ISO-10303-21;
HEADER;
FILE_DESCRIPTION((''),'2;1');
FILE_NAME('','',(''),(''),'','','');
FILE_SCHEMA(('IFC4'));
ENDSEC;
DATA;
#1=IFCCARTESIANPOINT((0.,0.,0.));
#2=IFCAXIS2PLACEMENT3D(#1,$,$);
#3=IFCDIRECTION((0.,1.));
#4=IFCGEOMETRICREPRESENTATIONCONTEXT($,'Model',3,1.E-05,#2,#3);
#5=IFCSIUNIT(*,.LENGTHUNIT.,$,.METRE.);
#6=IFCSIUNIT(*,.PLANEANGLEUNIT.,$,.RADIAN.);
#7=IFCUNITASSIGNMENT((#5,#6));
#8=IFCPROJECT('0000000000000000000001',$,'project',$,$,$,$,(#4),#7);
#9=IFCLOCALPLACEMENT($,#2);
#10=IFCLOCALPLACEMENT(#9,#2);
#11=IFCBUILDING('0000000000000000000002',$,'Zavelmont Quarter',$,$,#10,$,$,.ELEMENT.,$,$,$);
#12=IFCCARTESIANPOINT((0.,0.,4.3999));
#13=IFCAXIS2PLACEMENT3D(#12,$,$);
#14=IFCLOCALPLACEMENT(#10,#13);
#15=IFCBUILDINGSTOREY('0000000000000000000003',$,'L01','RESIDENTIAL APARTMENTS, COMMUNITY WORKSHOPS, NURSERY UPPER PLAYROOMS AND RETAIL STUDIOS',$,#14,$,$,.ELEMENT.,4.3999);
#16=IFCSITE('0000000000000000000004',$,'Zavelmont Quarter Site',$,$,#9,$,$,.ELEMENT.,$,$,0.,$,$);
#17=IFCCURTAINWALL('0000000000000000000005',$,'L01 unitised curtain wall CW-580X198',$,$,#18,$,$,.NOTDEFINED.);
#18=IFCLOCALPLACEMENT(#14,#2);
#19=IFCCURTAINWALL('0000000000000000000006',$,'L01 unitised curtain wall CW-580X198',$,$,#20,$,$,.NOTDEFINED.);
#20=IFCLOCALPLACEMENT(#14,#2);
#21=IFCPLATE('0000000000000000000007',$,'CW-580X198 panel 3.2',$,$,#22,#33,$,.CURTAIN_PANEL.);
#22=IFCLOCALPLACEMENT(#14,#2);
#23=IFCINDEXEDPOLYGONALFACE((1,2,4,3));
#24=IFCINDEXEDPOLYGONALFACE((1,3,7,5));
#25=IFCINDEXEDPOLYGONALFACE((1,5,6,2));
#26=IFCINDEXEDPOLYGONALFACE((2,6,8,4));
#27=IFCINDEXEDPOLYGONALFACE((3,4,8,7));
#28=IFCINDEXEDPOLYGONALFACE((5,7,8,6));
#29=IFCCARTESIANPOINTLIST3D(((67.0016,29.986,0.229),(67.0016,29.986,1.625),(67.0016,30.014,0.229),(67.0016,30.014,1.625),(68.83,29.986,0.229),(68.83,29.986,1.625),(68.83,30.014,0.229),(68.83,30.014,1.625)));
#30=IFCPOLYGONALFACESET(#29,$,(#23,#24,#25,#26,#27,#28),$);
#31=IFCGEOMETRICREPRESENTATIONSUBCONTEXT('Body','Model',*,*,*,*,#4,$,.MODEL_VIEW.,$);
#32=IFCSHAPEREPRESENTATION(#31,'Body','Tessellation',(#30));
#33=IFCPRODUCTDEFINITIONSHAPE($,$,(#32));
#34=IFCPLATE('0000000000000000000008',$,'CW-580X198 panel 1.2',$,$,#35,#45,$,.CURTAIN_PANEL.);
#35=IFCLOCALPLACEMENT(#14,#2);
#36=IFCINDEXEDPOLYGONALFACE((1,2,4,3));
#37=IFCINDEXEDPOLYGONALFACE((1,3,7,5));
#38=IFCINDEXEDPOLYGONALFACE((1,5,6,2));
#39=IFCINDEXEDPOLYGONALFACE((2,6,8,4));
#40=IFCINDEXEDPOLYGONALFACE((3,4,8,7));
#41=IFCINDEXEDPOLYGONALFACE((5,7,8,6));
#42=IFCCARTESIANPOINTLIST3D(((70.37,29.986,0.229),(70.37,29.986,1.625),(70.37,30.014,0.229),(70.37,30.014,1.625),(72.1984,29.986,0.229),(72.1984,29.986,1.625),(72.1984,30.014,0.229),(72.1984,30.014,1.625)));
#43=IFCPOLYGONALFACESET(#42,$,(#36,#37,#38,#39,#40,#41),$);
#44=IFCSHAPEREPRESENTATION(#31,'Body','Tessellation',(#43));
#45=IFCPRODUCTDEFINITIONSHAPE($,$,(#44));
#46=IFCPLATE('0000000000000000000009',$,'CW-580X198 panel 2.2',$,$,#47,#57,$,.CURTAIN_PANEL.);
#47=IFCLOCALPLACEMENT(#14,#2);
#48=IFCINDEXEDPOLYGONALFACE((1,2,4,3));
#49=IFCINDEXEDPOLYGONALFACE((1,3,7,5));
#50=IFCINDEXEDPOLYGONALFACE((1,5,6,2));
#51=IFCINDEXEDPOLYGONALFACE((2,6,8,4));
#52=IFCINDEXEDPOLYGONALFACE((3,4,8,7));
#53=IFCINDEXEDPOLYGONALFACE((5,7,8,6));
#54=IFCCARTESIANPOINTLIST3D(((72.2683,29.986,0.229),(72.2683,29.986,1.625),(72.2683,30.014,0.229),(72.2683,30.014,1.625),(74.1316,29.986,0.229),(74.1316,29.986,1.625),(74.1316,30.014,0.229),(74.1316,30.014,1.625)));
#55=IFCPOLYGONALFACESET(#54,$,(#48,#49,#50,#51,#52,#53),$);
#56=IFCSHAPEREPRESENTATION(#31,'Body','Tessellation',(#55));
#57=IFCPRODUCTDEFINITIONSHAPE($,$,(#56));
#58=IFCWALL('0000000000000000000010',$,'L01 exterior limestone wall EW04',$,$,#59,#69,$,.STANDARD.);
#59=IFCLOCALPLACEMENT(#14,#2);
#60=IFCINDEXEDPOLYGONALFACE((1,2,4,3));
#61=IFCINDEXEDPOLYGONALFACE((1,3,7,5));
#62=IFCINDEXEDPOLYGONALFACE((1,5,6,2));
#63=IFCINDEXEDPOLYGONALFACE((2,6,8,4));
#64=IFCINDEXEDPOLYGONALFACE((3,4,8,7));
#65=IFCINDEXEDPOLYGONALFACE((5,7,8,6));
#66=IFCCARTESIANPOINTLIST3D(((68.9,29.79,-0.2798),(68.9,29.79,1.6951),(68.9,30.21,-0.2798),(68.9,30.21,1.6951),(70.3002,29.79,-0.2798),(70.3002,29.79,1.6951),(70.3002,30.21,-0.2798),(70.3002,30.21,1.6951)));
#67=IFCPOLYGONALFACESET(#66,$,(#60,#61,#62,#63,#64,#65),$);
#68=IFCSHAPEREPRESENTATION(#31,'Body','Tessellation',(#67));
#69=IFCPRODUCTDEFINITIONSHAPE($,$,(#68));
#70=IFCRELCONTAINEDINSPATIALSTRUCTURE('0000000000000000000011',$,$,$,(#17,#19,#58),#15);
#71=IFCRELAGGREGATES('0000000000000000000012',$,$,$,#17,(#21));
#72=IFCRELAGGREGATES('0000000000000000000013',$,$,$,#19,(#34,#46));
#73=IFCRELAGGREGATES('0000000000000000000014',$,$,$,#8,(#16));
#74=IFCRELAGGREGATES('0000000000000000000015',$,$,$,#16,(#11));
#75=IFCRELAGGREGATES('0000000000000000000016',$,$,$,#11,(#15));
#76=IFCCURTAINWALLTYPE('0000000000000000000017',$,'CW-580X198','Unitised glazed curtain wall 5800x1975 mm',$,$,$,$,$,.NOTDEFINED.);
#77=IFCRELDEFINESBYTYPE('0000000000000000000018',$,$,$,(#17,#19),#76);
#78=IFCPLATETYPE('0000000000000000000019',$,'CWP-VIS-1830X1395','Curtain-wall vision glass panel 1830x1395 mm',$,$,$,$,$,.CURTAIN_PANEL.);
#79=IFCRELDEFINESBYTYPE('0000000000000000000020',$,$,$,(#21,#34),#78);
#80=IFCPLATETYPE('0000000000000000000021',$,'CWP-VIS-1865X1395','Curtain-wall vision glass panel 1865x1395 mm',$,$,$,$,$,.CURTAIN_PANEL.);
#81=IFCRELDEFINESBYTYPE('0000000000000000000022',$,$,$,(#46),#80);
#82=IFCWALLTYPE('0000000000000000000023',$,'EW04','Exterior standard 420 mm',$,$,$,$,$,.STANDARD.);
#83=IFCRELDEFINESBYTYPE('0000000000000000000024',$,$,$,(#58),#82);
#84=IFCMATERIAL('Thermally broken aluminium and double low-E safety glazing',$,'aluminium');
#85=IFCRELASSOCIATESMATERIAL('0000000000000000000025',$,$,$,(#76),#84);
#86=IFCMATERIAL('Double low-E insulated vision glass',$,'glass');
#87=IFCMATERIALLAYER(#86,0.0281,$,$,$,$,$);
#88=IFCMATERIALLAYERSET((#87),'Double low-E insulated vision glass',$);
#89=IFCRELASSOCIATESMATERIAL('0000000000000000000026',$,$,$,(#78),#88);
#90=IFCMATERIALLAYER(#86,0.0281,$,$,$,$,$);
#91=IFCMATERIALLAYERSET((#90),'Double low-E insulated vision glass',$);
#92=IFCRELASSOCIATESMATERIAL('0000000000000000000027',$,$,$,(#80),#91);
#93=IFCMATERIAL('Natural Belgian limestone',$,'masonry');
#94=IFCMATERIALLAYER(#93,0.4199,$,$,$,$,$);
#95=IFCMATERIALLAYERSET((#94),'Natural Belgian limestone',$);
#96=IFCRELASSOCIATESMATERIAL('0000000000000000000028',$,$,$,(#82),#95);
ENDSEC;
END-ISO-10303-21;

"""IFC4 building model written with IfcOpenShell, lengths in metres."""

from ifc_helpers import new_model, si_unit, direction, frame, frame_2d, origin, origin_2d, place, context, subcontext, project, spatial, rectangle, extrude, material, layer, layer_set, type_object, element, aggregate, save


model = new_model("IFC4")

# Units and contexts
model_context = context("Model", 3, precision=1e-05, world=origin(), true_north=direction((0.0, 1.0)))
body_context = subcontext(model_context, "Body", "Model", "MODEL_VIEW")
ifc_project = project(units=[si_unit("LENGTHUNIT", "METRE"), si_unit("PLANEANGLEUNIT", "RADIAN")], contexts=[model_context])

# Site, building, storey
site_placement = place(None, origin())
site = spatial("IfcSite", under=ifc_project, at=site_placement, Name="Zavelmont Quarter Site", CompositionType="ELEMENT", RefElevation=0.0)
building_placement = place(site_placement, origin())
building = spatial("IfcBuilding", under=site, at=building_placement, Name="Zavelmont Quarter", CompositionType="ELEMENT")
storey_placement = place(building_placement, frame((0.0, 0.0, 4.3999)))
storey = spatial("IfcBuildingStorey", under=building, at=storey_placement, Name="L01", Description="RESIDENTIAL APARTMENTS, COMMUNITY WORKSHOPS, NURSERY UPPER PLAYROOMS AND RETAIL STUDIOS", CompositionType="ELEMENT", Elevation=4.3999)

# Curtain walls
ifc_material_1 = material(Name="Thermally broken aluminium and double low-E safety glazing", Category="aluminium")
curtain_wall_type = type_object("IfcCurtainWallType", Name="CW-580X198", Description="Unitised glazed curtain wall 5800x1975 mm", PredefinedType="NOTDEFINED", material=ifc_material_1)
curtain_wall_1_placement = place(storey_placement, origin())
curtain_wall_1 = element("IfcCurtainWall", 1, at=curtain_wall_1_placement, inside=storey, type_object=curtain_wall_type, Name="L01 unitised curtain wall CW-580X198", PredefinedType="NOTDEFINED")
curtain_wall_2_placement = place(storey_placement, origin())
curtain_wall_2 = element("IfcCurtainWall", 2, at=curtain_wall_2_placement, inside=storey, type_object=curtain_wall_type, Name="L01 unitised curtain wall CW-580X198", PredefinedType="NOTDEFINED")

# Plates
ifc_material_2 = material(Name="Double low-E insulated vision glass", Category="glass")
ifc_layer_1 = layer(ifc_material_2, 0.0281)
ifc_layer_set_1 = layer_set([ifc_layer_1], Name="Double low-E insulated vision glass")
plate_type_1 = type_object("IfcPlateType", Name="CWP-VIS-1830X1395", Description="Curtain-wall vision glass panel 1830x1395 mm", PredefinedType="CURTAIN_PANEL", material=ifc_layer_set_1)
plate_1_placement = place(storey_placement, frame((67.9158, 30.0, 0.229), z_axis=(0.0, 0.0, 1.0), x_axis=(1.0, 0.0, 0.0)))
plate_1 = element("IfcPlate", 3, at=plate_1_placement, type_object=plate_type_1, Name="CW-580X198 panel 3.2", PredefinedType="CURTAIN_PANEL", context=body_context, shape_type="SweptSolid", body=[
    extrude(rectangle(XDim=1.8284, YDim=0.0281, at=origin_2d()), origin(), (0.0, 0.0, 1.0), 1.396),
])
aggregate(curtain_wall_1, [plate_1])
plate_2_placement = place(storey_placement, frame((71.2842, 30.0, 0.229), z_axis=(0.0, 0.0, 1.0), x_axis=(1.0, 0.0, 0.0)))
plate_2 = element("IfcPlate", 4, at=plate_2_placement, type_object=plate_type_1, Name="CW-580X198 panel 1.2", PredefinedType="CURTAIN_PANEL", context=body_context, shape_type="SweptSolid", body=[
    extrude(rectangle(XDim=1.8284, YDim=0.0281, at=origin_2d()), origin(), (0.0, 0.0, 1.0), 1.396),
])
ifc_layer_2 = layer(ifc_material_2, 0.0281)
ifc_layer_set_2 = layer_set([ifc_layer_2], Name="Double low-E insulated vision glass")
plate_type_2 = type_object("IfcPlateType", Name="CWP-VIS-1865X1395", Description="Curtain-wall vision glass panel 1865x1395 mm", PredefinedType="CURTAIN_PANEL", material=ifc_layer_set_2)
plate_3_placement = place(storey_placement, frame((73.2, 30.0, 0.229), z_axis=(0.0, 0.0, 1.0), x_axis=(1.0, 0.0, 0.0)))
plate_3 = element("IfcPlate", 5, at=plate_3_placement, type_object=plate_type_2, Name="CW-580X198 panel 2.2", PredefinedType="CURTAIN_PANEL", context=body_context, shape_type="SweptSolid", body=[
    extrude(rectangle(XDim=1.8633, YDim=0.0281, at=origin_2d()), origin(), (0.0, 0.0, 1.0), 1.396),
])
aggregate(curtain_wall_2, [plate_2, plate_3])

# Wall
ifc_material_3 = material(Name="Natural Belgian limestone", Category="masonry")
ifc_layer_3 = layer(ifc_material_3, 0.4199)
ifc_layer_set_3 = layer_set([ifc_layer_3], Name="Natural Belgian limestone")
wall_type = type_object("IfcWallType", Name="EW04", Description="Exterior standard 420 mm", PredefinedType="STANDARD", material=ifc_layer_set_3)
wall_placement = place(storey_placement, frame((68.8999, 30.0, -0.2798), z_axis=(0.0, 0.0, 1.0), x_axis=(1.0, 0.0, 0.0)))
element("IfcWall", 6, at=wall_placement, inside=storey, type_object=wall_type, Name="L01 exterior limestone wall EW04", PredefinedType="STANDARD", context=body_context, shape_type="SweptSolid", body=[
    extrude(rectangle(XDim=1.4001, YDim=0.4199, at=frame_2d((0.7002, 0.0))), origin(), (0.0, 0.0, 1.0), 1.9749),
])

save(model, "model.ifc")
